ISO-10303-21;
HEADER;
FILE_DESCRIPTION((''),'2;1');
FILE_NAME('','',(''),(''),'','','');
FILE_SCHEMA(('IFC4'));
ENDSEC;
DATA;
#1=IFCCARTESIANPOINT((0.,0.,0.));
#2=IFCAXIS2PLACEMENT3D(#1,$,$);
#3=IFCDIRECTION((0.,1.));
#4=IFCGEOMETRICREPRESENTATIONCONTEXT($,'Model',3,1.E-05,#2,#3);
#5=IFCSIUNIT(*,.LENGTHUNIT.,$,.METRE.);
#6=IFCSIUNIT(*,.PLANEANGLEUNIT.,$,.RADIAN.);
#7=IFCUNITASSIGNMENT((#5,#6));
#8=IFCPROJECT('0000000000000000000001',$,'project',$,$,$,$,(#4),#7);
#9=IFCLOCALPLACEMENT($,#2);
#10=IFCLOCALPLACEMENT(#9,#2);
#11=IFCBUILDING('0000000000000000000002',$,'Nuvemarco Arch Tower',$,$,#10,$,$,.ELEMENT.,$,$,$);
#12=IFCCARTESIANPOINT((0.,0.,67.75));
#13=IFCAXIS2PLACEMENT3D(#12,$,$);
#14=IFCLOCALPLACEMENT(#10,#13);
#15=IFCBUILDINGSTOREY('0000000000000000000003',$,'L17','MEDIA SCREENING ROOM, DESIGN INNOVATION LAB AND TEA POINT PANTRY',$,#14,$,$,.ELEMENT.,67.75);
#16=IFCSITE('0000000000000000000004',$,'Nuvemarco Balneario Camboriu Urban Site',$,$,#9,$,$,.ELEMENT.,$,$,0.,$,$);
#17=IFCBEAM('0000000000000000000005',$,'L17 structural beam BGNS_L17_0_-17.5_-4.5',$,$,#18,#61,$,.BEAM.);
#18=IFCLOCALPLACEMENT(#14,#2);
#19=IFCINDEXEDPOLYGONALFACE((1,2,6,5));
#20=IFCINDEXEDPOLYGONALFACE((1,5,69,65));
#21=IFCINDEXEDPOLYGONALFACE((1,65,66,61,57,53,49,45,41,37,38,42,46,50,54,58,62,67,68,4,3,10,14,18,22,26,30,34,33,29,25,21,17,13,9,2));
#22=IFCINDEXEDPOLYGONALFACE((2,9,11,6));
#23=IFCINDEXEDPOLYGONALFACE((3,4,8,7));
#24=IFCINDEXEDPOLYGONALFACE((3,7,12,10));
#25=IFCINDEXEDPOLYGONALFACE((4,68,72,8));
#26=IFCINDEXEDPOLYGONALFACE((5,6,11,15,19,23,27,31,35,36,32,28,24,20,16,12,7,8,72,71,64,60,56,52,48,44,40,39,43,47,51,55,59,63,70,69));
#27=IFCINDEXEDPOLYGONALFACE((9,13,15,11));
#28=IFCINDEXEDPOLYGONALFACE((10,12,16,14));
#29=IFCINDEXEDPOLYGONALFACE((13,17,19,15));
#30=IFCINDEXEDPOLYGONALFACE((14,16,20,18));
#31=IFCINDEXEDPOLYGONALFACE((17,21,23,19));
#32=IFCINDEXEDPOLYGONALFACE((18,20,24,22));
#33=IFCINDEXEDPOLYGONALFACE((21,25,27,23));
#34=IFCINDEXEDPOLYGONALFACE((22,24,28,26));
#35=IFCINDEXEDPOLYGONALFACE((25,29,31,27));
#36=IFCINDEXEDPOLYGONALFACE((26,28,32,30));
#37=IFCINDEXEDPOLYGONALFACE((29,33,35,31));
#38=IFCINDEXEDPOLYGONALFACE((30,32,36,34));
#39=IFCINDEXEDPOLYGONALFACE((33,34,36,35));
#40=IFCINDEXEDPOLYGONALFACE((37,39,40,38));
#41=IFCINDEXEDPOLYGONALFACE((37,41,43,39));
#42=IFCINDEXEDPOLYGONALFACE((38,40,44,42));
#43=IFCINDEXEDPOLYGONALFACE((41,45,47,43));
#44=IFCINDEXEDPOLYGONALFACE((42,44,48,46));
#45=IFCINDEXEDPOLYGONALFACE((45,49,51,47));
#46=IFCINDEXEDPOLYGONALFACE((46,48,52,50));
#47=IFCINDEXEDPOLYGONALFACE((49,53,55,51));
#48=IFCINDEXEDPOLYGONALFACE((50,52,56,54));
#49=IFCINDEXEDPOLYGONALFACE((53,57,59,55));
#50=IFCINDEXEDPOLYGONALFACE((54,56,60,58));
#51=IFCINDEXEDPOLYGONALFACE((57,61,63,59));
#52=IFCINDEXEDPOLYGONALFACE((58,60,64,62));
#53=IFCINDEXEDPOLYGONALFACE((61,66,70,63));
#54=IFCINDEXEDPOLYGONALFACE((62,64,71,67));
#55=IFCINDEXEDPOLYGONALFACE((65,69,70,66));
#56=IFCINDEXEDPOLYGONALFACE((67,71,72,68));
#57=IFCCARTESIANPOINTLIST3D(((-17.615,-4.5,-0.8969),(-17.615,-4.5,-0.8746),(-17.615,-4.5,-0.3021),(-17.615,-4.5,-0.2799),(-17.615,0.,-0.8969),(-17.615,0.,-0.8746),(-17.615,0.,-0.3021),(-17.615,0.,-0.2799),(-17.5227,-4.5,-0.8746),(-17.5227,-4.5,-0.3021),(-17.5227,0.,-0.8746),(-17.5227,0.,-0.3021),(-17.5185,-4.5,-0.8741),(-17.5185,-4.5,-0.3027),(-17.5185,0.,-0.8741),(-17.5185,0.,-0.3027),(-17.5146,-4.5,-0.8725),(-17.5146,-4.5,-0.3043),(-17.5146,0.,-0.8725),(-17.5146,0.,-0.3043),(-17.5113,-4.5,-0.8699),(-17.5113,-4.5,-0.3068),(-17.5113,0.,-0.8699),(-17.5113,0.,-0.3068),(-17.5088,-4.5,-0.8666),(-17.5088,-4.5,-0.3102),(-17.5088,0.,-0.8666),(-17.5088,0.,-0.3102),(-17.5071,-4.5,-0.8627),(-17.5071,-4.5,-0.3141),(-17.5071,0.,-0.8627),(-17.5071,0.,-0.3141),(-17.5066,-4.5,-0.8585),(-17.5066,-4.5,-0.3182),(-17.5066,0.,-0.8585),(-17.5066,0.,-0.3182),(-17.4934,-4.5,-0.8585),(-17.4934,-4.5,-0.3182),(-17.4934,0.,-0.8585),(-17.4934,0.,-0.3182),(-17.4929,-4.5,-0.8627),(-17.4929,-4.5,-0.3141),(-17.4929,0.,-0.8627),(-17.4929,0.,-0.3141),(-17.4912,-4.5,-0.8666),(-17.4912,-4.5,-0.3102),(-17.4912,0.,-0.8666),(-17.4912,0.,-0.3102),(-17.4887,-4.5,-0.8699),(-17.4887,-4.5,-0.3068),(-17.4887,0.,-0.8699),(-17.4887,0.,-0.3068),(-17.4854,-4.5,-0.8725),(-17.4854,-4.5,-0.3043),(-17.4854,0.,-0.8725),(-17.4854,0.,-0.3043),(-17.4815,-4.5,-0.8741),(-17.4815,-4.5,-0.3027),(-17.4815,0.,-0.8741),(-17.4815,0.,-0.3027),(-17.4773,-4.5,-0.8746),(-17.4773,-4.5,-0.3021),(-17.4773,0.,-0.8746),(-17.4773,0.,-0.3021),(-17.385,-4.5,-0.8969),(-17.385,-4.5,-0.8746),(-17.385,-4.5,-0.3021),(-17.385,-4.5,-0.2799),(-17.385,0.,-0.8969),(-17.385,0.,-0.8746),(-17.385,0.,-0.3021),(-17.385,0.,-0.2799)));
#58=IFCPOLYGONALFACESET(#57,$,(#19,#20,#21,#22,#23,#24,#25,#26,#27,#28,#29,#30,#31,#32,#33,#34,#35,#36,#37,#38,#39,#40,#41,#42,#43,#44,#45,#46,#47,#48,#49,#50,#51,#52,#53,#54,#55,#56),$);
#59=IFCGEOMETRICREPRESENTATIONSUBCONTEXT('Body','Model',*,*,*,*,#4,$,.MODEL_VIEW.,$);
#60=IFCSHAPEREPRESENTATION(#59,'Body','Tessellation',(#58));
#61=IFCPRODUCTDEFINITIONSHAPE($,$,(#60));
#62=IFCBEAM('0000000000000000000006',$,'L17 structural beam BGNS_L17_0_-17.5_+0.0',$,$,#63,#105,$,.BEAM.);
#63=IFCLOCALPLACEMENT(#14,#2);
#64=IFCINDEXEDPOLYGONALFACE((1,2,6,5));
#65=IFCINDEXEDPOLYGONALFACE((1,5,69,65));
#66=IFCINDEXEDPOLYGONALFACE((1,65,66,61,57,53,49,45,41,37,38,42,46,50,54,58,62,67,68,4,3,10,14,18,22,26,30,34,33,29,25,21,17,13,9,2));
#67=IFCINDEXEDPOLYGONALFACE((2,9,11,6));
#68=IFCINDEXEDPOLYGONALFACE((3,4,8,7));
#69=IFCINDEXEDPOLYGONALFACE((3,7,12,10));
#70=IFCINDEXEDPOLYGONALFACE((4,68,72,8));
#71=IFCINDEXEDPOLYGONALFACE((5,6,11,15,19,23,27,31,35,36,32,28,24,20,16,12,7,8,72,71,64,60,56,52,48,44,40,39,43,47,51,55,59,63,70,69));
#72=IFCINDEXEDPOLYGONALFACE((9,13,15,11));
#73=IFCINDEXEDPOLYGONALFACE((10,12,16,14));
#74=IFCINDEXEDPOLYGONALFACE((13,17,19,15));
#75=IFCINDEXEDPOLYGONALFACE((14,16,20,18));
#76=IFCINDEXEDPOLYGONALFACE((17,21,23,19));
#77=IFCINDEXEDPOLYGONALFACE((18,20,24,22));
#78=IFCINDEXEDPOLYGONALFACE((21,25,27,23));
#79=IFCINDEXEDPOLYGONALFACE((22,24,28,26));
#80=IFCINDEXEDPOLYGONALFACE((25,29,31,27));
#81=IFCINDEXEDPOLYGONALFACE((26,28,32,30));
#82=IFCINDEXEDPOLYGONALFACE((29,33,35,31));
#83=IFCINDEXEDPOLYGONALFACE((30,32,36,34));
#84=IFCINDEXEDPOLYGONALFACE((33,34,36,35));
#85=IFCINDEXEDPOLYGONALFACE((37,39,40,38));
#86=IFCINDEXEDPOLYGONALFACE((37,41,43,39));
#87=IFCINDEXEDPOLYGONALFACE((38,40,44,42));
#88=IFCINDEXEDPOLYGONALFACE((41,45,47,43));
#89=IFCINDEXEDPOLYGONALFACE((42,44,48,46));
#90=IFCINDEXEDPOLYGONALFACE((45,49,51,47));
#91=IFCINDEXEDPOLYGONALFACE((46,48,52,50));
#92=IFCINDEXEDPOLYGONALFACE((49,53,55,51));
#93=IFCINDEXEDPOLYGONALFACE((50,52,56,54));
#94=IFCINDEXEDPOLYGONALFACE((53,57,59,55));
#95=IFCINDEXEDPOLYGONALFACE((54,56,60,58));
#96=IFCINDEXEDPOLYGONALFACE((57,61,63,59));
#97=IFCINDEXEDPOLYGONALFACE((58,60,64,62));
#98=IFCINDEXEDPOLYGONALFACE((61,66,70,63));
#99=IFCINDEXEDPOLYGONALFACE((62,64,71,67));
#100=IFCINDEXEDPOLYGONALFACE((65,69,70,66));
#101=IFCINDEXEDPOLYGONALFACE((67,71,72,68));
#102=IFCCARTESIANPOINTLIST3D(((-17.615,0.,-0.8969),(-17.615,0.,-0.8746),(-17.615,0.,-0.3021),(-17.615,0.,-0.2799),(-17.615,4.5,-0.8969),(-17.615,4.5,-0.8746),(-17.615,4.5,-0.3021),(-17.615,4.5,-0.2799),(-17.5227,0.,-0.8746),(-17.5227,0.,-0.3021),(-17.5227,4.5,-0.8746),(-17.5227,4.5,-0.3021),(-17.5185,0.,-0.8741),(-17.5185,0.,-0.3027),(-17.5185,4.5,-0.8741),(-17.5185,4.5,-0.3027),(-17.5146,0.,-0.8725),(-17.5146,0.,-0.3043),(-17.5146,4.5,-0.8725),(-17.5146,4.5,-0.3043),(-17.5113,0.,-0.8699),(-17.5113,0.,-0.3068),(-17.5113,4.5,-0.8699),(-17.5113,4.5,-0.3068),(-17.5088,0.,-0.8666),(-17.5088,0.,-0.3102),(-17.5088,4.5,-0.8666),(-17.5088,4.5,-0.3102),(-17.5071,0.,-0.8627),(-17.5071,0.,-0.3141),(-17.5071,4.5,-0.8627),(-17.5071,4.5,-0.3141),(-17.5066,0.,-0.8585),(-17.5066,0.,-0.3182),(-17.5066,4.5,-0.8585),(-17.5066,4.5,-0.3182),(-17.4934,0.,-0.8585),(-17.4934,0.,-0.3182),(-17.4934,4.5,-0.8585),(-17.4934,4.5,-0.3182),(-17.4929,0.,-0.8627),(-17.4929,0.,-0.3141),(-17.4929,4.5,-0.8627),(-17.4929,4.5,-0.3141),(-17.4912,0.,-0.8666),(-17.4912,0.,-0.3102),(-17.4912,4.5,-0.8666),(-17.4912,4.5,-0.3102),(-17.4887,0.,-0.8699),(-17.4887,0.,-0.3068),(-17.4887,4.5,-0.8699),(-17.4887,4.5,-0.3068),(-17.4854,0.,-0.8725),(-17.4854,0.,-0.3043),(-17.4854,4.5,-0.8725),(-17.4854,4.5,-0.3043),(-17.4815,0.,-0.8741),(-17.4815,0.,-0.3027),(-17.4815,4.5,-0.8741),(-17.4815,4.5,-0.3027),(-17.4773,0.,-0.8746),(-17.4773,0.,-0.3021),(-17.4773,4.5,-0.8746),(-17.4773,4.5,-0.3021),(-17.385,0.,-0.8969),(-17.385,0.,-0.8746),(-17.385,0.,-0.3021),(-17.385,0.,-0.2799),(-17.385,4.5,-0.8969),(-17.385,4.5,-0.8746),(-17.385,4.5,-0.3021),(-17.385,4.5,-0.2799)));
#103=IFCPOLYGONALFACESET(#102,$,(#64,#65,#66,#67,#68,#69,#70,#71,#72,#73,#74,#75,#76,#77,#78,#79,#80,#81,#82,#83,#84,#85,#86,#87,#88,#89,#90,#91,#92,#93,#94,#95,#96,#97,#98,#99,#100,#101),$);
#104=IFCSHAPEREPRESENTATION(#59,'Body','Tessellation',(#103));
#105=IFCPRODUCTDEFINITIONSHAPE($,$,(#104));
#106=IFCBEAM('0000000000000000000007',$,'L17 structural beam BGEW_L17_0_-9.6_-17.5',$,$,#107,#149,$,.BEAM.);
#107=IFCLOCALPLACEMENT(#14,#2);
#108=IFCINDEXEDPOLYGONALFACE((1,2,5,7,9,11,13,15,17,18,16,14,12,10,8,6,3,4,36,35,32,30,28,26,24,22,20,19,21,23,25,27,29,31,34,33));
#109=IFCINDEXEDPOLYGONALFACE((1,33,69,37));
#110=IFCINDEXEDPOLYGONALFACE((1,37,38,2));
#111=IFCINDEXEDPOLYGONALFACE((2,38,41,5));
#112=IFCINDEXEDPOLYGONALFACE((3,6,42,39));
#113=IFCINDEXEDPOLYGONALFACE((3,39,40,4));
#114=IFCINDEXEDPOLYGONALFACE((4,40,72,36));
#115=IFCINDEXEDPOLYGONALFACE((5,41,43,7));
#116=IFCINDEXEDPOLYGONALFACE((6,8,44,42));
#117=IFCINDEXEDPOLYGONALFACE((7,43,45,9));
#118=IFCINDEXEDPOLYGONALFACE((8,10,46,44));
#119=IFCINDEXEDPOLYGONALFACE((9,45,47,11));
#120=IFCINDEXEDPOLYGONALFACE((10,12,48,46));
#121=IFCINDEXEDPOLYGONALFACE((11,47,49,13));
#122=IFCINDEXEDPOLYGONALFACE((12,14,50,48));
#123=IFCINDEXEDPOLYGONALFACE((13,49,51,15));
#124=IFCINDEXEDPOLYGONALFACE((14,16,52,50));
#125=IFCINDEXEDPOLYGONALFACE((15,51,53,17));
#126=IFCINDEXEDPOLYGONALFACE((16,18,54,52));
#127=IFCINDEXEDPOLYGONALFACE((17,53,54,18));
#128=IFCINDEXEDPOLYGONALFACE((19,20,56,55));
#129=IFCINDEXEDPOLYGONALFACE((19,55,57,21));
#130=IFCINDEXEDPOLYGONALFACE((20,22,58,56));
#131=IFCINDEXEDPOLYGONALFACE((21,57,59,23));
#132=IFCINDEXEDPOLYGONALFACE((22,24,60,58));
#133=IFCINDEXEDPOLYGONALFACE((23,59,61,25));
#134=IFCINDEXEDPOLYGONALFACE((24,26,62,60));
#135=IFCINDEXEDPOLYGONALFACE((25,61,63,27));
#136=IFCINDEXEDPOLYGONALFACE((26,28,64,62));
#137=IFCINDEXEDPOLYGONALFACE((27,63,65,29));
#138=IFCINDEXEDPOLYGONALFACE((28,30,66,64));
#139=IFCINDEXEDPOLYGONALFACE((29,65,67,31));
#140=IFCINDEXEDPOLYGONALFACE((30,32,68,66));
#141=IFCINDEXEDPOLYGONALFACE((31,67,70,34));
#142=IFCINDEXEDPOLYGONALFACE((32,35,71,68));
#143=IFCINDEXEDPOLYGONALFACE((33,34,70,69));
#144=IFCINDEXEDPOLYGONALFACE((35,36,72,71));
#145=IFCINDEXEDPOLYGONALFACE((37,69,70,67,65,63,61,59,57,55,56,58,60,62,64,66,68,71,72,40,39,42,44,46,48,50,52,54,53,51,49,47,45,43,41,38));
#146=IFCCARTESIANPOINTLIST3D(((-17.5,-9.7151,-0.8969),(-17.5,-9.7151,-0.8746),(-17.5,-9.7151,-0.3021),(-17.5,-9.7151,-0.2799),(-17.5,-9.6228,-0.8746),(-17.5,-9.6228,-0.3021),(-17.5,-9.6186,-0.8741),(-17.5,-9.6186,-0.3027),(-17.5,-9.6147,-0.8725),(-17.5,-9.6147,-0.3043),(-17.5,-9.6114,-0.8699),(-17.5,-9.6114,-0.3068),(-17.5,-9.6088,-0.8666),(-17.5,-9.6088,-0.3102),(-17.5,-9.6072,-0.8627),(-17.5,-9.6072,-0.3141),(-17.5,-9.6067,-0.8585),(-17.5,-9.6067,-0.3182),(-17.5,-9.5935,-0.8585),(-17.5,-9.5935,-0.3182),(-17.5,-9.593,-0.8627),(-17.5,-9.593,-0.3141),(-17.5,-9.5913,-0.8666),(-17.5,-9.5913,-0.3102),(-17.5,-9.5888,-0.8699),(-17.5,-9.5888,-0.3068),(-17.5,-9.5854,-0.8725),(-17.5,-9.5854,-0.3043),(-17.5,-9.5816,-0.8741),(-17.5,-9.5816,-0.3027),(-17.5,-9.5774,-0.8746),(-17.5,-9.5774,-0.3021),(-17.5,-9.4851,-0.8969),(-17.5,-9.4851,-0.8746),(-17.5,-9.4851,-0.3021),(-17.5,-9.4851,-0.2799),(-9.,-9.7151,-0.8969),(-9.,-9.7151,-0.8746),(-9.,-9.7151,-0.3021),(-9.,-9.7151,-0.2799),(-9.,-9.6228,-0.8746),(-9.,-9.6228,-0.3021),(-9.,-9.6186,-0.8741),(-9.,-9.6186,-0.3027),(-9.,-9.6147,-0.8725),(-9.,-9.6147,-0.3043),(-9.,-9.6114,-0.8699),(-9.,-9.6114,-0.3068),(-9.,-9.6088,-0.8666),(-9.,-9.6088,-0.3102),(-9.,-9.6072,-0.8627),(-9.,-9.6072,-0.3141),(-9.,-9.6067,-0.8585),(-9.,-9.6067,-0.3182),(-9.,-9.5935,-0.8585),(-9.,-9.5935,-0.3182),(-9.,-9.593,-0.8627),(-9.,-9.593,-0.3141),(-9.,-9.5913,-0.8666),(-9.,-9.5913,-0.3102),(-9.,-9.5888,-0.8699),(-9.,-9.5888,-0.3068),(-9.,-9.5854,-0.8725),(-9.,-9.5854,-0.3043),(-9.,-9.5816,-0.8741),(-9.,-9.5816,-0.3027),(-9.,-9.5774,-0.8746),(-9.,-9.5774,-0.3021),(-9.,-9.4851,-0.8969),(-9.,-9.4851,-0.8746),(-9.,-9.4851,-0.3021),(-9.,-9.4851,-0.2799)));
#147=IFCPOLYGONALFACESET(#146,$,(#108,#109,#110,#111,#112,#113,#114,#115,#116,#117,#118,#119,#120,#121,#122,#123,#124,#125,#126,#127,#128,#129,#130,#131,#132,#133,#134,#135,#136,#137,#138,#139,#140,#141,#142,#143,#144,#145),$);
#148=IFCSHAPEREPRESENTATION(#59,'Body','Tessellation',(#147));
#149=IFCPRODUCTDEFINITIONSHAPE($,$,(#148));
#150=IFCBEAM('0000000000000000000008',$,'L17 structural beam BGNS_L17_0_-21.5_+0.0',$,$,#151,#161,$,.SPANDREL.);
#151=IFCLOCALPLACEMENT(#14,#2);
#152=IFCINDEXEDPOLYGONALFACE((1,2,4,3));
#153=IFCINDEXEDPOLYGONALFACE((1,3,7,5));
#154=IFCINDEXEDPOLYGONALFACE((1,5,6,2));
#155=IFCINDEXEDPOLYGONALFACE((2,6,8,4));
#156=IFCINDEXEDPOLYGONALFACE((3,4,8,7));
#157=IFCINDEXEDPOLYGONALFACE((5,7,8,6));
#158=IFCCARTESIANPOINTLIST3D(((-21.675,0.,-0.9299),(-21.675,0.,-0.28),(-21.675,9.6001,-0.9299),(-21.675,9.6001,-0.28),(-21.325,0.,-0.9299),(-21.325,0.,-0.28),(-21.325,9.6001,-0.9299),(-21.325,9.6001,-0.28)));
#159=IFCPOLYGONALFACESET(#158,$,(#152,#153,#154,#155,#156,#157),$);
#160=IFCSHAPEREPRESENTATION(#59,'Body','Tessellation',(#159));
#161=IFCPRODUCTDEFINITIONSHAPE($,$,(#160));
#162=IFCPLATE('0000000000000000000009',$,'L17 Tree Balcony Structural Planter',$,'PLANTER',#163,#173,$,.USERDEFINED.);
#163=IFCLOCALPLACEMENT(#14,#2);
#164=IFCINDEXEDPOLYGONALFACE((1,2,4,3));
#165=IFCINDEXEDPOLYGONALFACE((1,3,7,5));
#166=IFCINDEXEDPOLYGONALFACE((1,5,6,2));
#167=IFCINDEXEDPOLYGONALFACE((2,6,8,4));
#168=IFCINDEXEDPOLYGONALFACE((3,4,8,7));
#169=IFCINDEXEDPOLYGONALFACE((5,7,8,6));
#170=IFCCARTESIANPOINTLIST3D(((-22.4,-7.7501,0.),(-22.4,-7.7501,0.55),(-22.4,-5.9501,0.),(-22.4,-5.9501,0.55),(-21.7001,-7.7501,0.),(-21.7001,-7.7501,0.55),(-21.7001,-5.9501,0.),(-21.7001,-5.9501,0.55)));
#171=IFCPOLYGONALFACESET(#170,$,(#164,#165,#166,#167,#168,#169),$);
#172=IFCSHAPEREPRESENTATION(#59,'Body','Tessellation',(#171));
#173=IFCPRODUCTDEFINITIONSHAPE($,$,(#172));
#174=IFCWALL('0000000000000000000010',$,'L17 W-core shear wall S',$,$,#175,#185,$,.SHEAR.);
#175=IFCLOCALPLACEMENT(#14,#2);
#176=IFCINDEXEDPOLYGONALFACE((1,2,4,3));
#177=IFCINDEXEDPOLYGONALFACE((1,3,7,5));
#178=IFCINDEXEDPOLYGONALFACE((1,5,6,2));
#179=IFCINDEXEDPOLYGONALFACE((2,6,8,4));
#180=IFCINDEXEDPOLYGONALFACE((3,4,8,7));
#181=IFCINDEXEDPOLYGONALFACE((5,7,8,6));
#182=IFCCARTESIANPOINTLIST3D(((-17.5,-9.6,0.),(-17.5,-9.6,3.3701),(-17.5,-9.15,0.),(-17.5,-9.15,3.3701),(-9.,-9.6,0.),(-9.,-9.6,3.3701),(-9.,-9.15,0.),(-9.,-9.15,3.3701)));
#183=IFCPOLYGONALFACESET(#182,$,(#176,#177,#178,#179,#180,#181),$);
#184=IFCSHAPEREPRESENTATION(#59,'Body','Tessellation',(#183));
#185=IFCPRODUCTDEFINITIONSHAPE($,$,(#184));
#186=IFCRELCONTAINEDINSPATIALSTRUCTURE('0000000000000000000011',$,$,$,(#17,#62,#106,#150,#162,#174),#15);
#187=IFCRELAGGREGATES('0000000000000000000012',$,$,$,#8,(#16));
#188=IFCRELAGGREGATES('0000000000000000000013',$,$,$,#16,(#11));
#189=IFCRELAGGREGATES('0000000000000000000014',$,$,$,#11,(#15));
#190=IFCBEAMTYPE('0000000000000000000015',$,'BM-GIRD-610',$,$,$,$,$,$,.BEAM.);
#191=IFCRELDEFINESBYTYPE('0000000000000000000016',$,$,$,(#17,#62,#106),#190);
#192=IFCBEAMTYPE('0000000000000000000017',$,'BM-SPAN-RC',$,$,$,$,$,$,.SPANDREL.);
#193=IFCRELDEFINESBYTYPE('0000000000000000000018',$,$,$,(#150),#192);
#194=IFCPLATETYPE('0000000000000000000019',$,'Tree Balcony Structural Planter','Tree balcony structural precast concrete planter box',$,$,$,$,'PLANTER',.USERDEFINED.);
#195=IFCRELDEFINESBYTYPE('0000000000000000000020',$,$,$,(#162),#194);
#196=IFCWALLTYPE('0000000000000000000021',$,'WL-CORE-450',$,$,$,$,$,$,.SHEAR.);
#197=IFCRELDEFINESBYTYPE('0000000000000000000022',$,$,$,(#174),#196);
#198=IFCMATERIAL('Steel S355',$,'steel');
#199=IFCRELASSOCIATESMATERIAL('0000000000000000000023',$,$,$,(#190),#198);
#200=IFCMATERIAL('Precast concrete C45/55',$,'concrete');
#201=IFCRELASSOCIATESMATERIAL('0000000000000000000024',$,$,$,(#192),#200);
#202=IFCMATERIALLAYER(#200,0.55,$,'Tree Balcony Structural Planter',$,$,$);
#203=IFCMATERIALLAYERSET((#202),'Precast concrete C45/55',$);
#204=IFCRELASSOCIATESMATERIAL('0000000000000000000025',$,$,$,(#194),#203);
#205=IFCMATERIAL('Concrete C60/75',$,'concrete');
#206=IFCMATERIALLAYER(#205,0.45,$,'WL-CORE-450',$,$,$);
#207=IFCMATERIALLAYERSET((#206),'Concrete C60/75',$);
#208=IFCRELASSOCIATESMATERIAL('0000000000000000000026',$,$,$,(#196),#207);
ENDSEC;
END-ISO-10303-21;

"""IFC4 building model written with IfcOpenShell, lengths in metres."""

from ifc_helpers import new_model, si_unit, direction, frame, frame_2d, origin, origin_2d, place, context, subcontext, project, spatial, rectangle, i_section, extrude, source, transform, mapped, material, layer, layer_set, material_profile, profile_set, type_object, type_shapes, element, save


model = new_model("IFC4")

# Units and contexts
model_context = context("Model", 3, precision=1e-05, world=origin(), true_north=direction((0.0, 1.0)))
body_context = subcontext(model_context, "Body", "Model", "MODEL_VIEW")
ifc_project = project(units=[si_unit("LENGTHUNIT", "METRE"), si_unit("PLANEANGLEUNIT", "RADIAN")], contexts=[model_context])

# Site, building, storey
site_placement = place(None, origin())
site = spatial("IfcSite", under=ifc_project, at=site_placement, Name="Nuvemarco Balneario Camboriu Urban Site", CompositionType="ELEMENT", RefElevation=0.0)
building_placement = place(site_placement, origin())
building = spatial("IfcBuilding", under=site, at=building_placement, Name="Nuvemarco Arch Tower", CompositionType="ELEMENT")
storey_placement = place(building_placement, frame((0.0, 0.0, 67.75)))
storey = spatial("IfcBuildingStorey", under=building, at=storey_placement, Name="L17", Description="MEDIA SCREENING ROOM, DESIGN INNOVATION LAB AND TEA POINT PANTRY", CompositionType="ELEMENT", Elevation=67.75)

# Shared definitions
ifc_material_1 = material(Name="Concrete C60/75", Category="concrete")

# Beams
ifc_material_2 = material(Name="Steel S355", Category="steel")
ifc_material_profile_1 = material_profile(ifc_material_2, i_section(OverallWidth=0.23, OverallDepth=0.6169, WebThickness=0.0132, FlangeThickness=0.0222, FilletRadius=0.0161, at=origin_2d()), Name="W610x140")
ifc_profile_set_1 = profile_set([ifc_material_profile_1], Name="Steel S355")
beam_type_1 = type_object("IfcBeamType", Name="BM-GIRD-610", PredefinedType="BEAM", material=ifc_profile_set_1)
for number, where, z_axis, x_axis, name in (
    (1, (-17.5, -4.5, -0.5884), (0.0, 1.0, 0.0), (-1.0, 0.0, 0.0), "L17 structural beam BGNS_L17_0_-17.5_-4.5"),
    (2, (-17.5, 0.0, -0.5884), (0.0, 1.0, 0.0), (-1.0, 0.0, 0.0), "L17 structural beam BGNS_L17_0_-17.5_+0.0"),
):
    element("IfcBeam", number, at=place(storey_placement, frame(where, z_axis=z_axis, x_axis=x_axis)), inside=storey, type_object=beam_type_1, Name=name, PredefinedType="BEAM", context=body_context, shape_type="SweptSolid", body=[
        extrude(i_section(OverallWidth=0.23, OverallDepth=0.6169, WebThickness=0.0132, FlangeThickness=0.0222, FilletRadius=0.0161, at=origin_2d()), origin(), (0.0, 0.0, 1.0), 4.5),
    ])
beam_1_placement = place(storey_placement, frame((-17.5, -9.6001, -0.5884), z_axis=(1.0, 0.0, 0.0), x_axis=(0.0, 1.0, 0.0)))
element("IfcBeam", 3, at=beam_1_placement, inside=storey, type_object=beam_type_1, Name="L17 structural beam BGEW_L17_0_-9.6_-17.5", PredefinedType="BEAM", context=body_context, shape_type="SweptSolid", body=[
    extrude(i_section(OverallWidth=0.23, OverallDepth=0.6169, WebThickness=0.0132, FlangeThickness=0.0222, FilletRadius=0.0161, at=origin_2d()), origin(), (0.0, 0.0, 1.0), 8.5),
])
ifc_material_3 = material(Name="Precast concrete C45/55", Category="concrete")
ifc_material_profile_2 = material_profile(ifc_material_3, rectangle(XDim=0.3501, YDim=0.6499, at=origin_2d()), Name="PC-SP-350x650")
ifc_profile_set_2 = profile_set([ifc_material_profile_2], Name="Precast concrete C45/55")
beam_type_2 = type_object("IfcBeamType", Name="BM-SPAN-RC", PredefinedType="SPANDREL", material=ifc_profile_set_2)
beam_2_placement = place(storey_placement, frame((-21.5, 0.0, -0.605), z_axis=(0.0, 1.0, 0.0), x_axis=(-1.0, 0.0, 0.0)))
element("IfcBeam", 4, at=beam_2_placement, inside=storey, type_object=beam_type_2, Name="L17 structural beam BGNS_L17_0_-21.5_+0.0", PredefinedType="SPANDREL", context=body_context, shape_type="SweptSolid", body=[
    extrude(rectangle(XDim=0.3501, YDim=0.6499, at=origin_2d()), origin(), (0.0, 0.0, 1.0), 9.6001),
])

# Plate
ifc_layer_1 = layer(ifc_material_3, 0.55, Name="Tree Balcony Structural Planter")
ifc_layer_set_1 = layer_set([ifc_layer_1], Name="Precast concrete C45/55")
plate_type = type_object("IfcPlateType", Name="Tree Balcony Structural Planter", Description="Tree balcony structural precast concrete planter box", ElementType="PLANTER", PredefinedType="USERDEFINED", material=ifc_layer_set_1)
shared_shape_1 = source(origin(), body_context, "Body", "SweptSolid", [
    extrude(rectangle(XDim=1.8, YDim=0.7, at=origin_2d()), origin(), (0.0, 0.0, 1.0), 0.55),
])
type_shapes(plate_type, [shared_shape_1])
plate_placement = place(storey_placement, frame((-22.05, -6.8501, 0.0), z_axis=(0.0, 0.0, 1.0), x_axis=(0.0, 1.0, 0.0)))
element("IfcPlate", 5, at=plate_placement, inside=storey, type_object=plate_type, Name="L17 Tree Balcony Structural Planter", ObjectType="PLANTER", PredefinedType="USERDEFINED", context=body_context, shape_type="MappedRepresentation", body=[
    mapped(shared_shape_1, transform((0.0, 0.0, 0.0), scale=1.0)),
])

# Wall
ifc_layer_2 = layer(ifc_material_1, 0.45, Name="WL-CORE-450")
ifc_layer_set_2 = layer_set([ifc_layer_2], Name="Concrete C60/75")
wall_type_1 = type_object("IfcWallType", Name="WL-CORE-450", PredefinedType="SHEAR", material=ifc_layer_set_2)
wall_1_placement = place(storey_placement, frame((-17.5, -9.375, 0.0), z_axis=(0.0, 0.0, 1.0), x_axis=(1.0, 0.0, 0.0)))
element("IfcWall", 6, at=wall_1_placement, inside=storey, type_object=wall_type_1, Name="L17 W-core shear wall S", PredefinedType="SHEAR", context=body_context, shape_type="SweptSolid", body=[
    extrude(rectangle(XDim=8.5, YDim=0.45, at=frame_2d((4.25, 0.0))), origin(), (0.0, 0.0, 1.0), 3.3701),
])

save(model, "model.ifc")
